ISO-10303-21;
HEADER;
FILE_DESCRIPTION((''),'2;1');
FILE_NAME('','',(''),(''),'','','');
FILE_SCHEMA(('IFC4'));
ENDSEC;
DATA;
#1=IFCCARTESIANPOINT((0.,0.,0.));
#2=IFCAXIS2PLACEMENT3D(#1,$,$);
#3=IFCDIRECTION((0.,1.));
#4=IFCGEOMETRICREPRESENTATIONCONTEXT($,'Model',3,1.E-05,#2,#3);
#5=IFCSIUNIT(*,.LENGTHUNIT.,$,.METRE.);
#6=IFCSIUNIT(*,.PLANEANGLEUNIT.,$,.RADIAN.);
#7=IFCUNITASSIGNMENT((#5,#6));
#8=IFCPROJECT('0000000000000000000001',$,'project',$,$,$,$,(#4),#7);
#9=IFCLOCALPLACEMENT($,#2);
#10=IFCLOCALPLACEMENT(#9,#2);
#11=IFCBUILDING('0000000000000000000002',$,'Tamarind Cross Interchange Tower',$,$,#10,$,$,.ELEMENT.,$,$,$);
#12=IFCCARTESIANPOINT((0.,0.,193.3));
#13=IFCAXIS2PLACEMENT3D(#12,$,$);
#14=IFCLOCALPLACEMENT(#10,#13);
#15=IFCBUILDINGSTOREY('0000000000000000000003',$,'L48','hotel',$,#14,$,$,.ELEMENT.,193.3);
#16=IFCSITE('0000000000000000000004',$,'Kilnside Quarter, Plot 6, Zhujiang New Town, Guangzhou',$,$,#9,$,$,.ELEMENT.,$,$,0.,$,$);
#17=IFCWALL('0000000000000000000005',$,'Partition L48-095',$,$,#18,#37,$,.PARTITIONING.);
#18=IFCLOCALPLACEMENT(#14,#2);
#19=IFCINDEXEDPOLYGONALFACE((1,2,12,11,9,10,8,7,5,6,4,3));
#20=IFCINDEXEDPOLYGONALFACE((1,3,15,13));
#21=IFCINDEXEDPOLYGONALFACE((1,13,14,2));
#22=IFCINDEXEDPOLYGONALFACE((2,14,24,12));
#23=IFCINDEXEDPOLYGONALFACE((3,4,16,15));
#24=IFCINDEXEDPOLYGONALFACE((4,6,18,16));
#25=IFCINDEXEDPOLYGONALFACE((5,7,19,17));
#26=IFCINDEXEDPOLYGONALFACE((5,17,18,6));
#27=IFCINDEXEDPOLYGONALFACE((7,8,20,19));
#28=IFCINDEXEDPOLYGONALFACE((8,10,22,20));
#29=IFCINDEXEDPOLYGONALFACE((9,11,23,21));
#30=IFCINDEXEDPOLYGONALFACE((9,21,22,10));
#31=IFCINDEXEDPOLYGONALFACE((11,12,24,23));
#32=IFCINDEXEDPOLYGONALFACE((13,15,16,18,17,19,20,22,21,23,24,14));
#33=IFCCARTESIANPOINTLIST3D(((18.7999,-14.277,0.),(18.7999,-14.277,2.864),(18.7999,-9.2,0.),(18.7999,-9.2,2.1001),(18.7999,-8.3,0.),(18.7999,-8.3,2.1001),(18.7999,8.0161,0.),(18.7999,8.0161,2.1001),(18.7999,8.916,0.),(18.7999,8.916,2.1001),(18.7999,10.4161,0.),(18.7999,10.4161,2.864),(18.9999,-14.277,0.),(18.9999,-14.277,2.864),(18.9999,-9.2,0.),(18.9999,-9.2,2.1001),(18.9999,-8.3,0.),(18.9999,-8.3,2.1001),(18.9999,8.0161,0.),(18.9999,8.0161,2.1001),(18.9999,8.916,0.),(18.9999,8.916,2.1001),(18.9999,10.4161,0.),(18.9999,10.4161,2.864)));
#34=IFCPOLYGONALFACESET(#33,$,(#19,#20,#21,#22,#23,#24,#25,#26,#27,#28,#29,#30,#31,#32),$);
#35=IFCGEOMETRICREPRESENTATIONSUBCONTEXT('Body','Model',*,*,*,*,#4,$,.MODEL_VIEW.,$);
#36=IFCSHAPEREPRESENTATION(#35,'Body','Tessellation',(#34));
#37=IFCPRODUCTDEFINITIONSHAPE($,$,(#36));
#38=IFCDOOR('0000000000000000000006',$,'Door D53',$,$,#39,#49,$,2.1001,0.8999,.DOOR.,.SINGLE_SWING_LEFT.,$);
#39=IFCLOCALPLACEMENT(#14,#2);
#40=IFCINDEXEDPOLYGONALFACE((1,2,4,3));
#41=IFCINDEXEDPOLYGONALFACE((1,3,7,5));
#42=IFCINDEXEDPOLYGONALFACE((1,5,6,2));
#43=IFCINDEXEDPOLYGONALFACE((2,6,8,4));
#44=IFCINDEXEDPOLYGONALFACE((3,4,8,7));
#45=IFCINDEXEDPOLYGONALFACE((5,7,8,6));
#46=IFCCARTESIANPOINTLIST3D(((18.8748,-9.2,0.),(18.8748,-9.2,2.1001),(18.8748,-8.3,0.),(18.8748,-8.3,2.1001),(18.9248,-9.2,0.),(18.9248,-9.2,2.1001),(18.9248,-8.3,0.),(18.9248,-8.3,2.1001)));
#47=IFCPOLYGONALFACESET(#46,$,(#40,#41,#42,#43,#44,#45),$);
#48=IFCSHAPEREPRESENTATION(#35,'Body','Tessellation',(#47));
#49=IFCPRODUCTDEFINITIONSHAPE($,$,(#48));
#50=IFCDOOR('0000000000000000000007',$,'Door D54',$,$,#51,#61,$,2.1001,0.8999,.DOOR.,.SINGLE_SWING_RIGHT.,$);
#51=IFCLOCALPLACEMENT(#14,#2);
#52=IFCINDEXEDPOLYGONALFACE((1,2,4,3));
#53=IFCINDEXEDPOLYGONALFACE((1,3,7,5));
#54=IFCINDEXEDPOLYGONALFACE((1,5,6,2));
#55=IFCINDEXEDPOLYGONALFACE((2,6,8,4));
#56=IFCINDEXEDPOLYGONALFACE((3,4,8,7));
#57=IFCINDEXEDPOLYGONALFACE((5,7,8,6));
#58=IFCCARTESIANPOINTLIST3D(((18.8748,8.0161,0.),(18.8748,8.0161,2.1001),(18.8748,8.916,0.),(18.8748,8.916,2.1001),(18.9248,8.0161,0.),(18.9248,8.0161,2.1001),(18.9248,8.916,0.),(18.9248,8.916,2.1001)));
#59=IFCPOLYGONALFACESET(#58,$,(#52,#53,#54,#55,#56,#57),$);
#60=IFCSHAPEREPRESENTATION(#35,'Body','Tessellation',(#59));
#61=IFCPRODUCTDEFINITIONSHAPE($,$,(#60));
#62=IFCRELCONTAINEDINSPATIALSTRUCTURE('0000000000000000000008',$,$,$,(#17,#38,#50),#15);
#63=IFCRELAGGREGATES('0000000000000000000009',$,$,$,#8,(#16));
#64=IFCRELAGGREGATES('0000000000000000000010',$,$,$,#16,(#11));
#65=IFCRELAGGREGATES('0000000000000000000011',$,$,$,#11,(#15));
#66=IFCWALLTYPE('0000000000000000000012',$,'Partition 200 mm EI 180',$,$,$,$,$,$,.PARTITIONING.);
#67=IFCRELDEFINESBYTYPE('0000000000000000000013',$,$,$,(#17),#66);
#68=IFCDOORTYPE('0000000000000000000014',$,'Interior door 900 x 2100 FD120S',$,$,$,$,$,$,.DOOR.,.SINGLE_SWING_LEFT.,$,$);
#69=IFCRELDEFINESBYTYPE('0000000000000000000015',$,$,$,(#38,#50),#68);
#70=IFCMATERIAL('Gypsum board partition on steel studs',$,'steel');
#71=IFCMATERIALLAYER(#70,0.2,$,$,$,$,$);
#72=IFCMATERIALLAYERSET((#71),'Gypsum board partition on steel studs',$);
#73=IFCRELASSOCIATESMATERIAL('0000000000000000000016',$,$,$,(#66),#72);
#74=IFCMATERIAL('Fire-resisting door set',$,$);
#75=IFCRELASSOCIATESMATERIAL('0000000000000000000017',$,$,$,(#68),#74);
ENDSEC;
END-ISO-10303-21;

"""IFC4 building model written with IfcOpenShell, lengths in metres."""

from ifc_helpers import new_model, si_unit, direction, frame, frame_2d, origin, place, context, subcontext, project, spatial, rectangle, extrude, material, layer, layer_set, type_object, element, fill, save


model = new_model("IFC4")

# Units and contexts
model_context = context("Model", 3, precision=1e-05, world=origin(), true_north=direction((0.0, 1.0)))
body_context = subcontext(model_context, "Body", "Model", "MODEL_VIEW")
ifc_project = project(units=[si_unit("LENGTHUNIT", "METRE"), si_unit("PLANEANGLEUNIT", "RADIAN")], contexts=[model_context])

# Site, building, storey
site_placement = place(None, origin())
site = spatial("IfcSite", under=ifc_project, at=site_placement, Name="Kilnside Quarter, Plot 6, Zhujiang New Town, Guangzhou", CompositionType="ELEMENT", RefElevation=0.0)
building_placement = place(site_placement, origin())
building = spatial("IfcBuilding", under=site, at=building_placement, Name="Tamarind Cross Interchange Tower", CompositionType="ELEMENT")
storey_placement = place(building_placement, frame((0.0, 0.0, 193.3)))
storey = spatial("IfcBuildingStorey", under=building, at=storey_placement, Name="L48", Description="hotel", CompositionType="ELEMENT", Elevation=193.3)

# Shared definitions
ifc_material_1 = material(Name="Gypsum board partition on steel studs", Category="steel")

# Wall, openings, doors
ifc_layer_1 = layer(ifc_material_1, 0.2)
ifc_layer_set_1 = layer_set([ifc_layer_1], Name="Gypsum board partition on steel studs")
wall_type_1 = type_object("IfcWallType", Name="Partition 200 mm EI 180", PredefinedType="PARTITIONING", material=ifc_layer_set_1)
wall_1_placement = place(storey_placement, frame((18.8999, -14.2771, 0.0), z_axis=(0.0, 0.0, 1.0), x_axis=(0.0, 1.0, 0.0)))
wall_1 = element("IfcWall", 1, at=wall_1_placement, inside=storey, type_object=wall_type_1, Name="Partition L48-095", PredefinedType="PARTITIONING", context=body_context, shape_type="SweptSolid", body=[
    extrude(rectangle(XDim=24.6931, YDim=0.2, at=frame_2d((12.3467, 0.0))), origin(), (0.0, 0.0, 1.0), 2.864),
])
opening_1_placement = place(wall_1_placement, frame((5.0771, 0.0, 0.0)))
opening_1 = element("IfcOpeningElement", 2, at=opening_1_placement, cuts=wall_1, PredefinedType="OPENING", context=body_context, shape_type="SweptSolid", body=[
    extrude(rectangle(XDim=0.8999, YDim=2.1001, at=frame_2d((0.45, 1.05))), frame((0.0, 0.1099, 0.0), z_axis=(0.0, -1.0, 0.0), x_axis=(1.0, 0.0, 0.0)), (0.0, 0.0, 1.0), 0.22),
])
opening_2_placement = place(wall_1_placement, frame((22.2932, 0.0, 0.0)))
opening_2 = element("IfcOpeningElement", 3, at=opening_2_placement, cuts=wall_1, PredefinedType="OPENING", context=body_context, shape_type="SweptSolid", body=[
    extrude(rectangle(XDim=0.8999, YDim=2.1001, at=frame_2d((0.45, 1.05))), frame((0.0, 0.1099, 0.0), z_axis=(0.0, -1.0, 0.0), x_axis=(1.0, 0.0, 0.0)), (0.0, 0.0, 1.0), 0.22),
])
ifc_material_2 = material(Name="Fire-resisting door set")
door_type_1 = type_object("IfcDoorType", Name="Interior door 900 x 2100 FD120S", OperationType="SINGLE_SWING_LEFT", PredefinedType="DOOR", material=ifc_material_2)
door_1_placement = place(opening_1_placement, frame((0.8999, 0.0, 0.0), z_axis=(0.0, 0.0, 1.0), x_axis=(-1.0, 0.0, 0.0)))
door_1 = element("IfcDoor", 4, at=door_1_placement, inside=storey, type_object=door_type_1, Name="Door D53", OperationType="SINGLE_SWING_LEFT", OverallHeight=2.1001, OverallWidth=0.8999, PredefinedType="DOOR", context=body_context, shape_type="SweptSolid", body=[
    extrude(rectangle(XDim=0.8999, YDim=2.1001, at=frame_2d((0.45, 1.05))), frame((0.0, 0.0249, 0.0), z_axis=(0.0, -1.0, 0.0), x_axis=(1.0, 0.0, 0.0)), (0.0, 0.0, 1.0), 0.05),
])
fill(opening_1, door_1)
door_2_placement = place(opening_2_placement, frame((0.8999, 0.0, 0.0), z_axis=(0.0, 0.0, 1.0), x_axis=(-1.0, 0.0, 0.0)))
door_2 = element("IfcDoor", 5, at=door_2_placement, inside=storey, type_object=door_type_1, Name="Door D54", OperationType="SINGLE_SWING_RIGHT", OverallHeight=2.1001, OverallWidth=0.8999, PredefinedType="DOOR", context=body_context, shape_type="SweptSolid", body=[
    extrude(rectangle(XDim=0.8999, YDim=2.1001, at=frame_2d((0.45, 1.05))), frame((0.0, 0.0249, 0.0), z_axis=(0.0, -1.0, 0.0), x_axis=(1.0, 0.0, 0.0)), (0.0, 0.0, 1.0), 0.05),
])
fill(opening_2, door_2)

save(model, "model.ifc")
